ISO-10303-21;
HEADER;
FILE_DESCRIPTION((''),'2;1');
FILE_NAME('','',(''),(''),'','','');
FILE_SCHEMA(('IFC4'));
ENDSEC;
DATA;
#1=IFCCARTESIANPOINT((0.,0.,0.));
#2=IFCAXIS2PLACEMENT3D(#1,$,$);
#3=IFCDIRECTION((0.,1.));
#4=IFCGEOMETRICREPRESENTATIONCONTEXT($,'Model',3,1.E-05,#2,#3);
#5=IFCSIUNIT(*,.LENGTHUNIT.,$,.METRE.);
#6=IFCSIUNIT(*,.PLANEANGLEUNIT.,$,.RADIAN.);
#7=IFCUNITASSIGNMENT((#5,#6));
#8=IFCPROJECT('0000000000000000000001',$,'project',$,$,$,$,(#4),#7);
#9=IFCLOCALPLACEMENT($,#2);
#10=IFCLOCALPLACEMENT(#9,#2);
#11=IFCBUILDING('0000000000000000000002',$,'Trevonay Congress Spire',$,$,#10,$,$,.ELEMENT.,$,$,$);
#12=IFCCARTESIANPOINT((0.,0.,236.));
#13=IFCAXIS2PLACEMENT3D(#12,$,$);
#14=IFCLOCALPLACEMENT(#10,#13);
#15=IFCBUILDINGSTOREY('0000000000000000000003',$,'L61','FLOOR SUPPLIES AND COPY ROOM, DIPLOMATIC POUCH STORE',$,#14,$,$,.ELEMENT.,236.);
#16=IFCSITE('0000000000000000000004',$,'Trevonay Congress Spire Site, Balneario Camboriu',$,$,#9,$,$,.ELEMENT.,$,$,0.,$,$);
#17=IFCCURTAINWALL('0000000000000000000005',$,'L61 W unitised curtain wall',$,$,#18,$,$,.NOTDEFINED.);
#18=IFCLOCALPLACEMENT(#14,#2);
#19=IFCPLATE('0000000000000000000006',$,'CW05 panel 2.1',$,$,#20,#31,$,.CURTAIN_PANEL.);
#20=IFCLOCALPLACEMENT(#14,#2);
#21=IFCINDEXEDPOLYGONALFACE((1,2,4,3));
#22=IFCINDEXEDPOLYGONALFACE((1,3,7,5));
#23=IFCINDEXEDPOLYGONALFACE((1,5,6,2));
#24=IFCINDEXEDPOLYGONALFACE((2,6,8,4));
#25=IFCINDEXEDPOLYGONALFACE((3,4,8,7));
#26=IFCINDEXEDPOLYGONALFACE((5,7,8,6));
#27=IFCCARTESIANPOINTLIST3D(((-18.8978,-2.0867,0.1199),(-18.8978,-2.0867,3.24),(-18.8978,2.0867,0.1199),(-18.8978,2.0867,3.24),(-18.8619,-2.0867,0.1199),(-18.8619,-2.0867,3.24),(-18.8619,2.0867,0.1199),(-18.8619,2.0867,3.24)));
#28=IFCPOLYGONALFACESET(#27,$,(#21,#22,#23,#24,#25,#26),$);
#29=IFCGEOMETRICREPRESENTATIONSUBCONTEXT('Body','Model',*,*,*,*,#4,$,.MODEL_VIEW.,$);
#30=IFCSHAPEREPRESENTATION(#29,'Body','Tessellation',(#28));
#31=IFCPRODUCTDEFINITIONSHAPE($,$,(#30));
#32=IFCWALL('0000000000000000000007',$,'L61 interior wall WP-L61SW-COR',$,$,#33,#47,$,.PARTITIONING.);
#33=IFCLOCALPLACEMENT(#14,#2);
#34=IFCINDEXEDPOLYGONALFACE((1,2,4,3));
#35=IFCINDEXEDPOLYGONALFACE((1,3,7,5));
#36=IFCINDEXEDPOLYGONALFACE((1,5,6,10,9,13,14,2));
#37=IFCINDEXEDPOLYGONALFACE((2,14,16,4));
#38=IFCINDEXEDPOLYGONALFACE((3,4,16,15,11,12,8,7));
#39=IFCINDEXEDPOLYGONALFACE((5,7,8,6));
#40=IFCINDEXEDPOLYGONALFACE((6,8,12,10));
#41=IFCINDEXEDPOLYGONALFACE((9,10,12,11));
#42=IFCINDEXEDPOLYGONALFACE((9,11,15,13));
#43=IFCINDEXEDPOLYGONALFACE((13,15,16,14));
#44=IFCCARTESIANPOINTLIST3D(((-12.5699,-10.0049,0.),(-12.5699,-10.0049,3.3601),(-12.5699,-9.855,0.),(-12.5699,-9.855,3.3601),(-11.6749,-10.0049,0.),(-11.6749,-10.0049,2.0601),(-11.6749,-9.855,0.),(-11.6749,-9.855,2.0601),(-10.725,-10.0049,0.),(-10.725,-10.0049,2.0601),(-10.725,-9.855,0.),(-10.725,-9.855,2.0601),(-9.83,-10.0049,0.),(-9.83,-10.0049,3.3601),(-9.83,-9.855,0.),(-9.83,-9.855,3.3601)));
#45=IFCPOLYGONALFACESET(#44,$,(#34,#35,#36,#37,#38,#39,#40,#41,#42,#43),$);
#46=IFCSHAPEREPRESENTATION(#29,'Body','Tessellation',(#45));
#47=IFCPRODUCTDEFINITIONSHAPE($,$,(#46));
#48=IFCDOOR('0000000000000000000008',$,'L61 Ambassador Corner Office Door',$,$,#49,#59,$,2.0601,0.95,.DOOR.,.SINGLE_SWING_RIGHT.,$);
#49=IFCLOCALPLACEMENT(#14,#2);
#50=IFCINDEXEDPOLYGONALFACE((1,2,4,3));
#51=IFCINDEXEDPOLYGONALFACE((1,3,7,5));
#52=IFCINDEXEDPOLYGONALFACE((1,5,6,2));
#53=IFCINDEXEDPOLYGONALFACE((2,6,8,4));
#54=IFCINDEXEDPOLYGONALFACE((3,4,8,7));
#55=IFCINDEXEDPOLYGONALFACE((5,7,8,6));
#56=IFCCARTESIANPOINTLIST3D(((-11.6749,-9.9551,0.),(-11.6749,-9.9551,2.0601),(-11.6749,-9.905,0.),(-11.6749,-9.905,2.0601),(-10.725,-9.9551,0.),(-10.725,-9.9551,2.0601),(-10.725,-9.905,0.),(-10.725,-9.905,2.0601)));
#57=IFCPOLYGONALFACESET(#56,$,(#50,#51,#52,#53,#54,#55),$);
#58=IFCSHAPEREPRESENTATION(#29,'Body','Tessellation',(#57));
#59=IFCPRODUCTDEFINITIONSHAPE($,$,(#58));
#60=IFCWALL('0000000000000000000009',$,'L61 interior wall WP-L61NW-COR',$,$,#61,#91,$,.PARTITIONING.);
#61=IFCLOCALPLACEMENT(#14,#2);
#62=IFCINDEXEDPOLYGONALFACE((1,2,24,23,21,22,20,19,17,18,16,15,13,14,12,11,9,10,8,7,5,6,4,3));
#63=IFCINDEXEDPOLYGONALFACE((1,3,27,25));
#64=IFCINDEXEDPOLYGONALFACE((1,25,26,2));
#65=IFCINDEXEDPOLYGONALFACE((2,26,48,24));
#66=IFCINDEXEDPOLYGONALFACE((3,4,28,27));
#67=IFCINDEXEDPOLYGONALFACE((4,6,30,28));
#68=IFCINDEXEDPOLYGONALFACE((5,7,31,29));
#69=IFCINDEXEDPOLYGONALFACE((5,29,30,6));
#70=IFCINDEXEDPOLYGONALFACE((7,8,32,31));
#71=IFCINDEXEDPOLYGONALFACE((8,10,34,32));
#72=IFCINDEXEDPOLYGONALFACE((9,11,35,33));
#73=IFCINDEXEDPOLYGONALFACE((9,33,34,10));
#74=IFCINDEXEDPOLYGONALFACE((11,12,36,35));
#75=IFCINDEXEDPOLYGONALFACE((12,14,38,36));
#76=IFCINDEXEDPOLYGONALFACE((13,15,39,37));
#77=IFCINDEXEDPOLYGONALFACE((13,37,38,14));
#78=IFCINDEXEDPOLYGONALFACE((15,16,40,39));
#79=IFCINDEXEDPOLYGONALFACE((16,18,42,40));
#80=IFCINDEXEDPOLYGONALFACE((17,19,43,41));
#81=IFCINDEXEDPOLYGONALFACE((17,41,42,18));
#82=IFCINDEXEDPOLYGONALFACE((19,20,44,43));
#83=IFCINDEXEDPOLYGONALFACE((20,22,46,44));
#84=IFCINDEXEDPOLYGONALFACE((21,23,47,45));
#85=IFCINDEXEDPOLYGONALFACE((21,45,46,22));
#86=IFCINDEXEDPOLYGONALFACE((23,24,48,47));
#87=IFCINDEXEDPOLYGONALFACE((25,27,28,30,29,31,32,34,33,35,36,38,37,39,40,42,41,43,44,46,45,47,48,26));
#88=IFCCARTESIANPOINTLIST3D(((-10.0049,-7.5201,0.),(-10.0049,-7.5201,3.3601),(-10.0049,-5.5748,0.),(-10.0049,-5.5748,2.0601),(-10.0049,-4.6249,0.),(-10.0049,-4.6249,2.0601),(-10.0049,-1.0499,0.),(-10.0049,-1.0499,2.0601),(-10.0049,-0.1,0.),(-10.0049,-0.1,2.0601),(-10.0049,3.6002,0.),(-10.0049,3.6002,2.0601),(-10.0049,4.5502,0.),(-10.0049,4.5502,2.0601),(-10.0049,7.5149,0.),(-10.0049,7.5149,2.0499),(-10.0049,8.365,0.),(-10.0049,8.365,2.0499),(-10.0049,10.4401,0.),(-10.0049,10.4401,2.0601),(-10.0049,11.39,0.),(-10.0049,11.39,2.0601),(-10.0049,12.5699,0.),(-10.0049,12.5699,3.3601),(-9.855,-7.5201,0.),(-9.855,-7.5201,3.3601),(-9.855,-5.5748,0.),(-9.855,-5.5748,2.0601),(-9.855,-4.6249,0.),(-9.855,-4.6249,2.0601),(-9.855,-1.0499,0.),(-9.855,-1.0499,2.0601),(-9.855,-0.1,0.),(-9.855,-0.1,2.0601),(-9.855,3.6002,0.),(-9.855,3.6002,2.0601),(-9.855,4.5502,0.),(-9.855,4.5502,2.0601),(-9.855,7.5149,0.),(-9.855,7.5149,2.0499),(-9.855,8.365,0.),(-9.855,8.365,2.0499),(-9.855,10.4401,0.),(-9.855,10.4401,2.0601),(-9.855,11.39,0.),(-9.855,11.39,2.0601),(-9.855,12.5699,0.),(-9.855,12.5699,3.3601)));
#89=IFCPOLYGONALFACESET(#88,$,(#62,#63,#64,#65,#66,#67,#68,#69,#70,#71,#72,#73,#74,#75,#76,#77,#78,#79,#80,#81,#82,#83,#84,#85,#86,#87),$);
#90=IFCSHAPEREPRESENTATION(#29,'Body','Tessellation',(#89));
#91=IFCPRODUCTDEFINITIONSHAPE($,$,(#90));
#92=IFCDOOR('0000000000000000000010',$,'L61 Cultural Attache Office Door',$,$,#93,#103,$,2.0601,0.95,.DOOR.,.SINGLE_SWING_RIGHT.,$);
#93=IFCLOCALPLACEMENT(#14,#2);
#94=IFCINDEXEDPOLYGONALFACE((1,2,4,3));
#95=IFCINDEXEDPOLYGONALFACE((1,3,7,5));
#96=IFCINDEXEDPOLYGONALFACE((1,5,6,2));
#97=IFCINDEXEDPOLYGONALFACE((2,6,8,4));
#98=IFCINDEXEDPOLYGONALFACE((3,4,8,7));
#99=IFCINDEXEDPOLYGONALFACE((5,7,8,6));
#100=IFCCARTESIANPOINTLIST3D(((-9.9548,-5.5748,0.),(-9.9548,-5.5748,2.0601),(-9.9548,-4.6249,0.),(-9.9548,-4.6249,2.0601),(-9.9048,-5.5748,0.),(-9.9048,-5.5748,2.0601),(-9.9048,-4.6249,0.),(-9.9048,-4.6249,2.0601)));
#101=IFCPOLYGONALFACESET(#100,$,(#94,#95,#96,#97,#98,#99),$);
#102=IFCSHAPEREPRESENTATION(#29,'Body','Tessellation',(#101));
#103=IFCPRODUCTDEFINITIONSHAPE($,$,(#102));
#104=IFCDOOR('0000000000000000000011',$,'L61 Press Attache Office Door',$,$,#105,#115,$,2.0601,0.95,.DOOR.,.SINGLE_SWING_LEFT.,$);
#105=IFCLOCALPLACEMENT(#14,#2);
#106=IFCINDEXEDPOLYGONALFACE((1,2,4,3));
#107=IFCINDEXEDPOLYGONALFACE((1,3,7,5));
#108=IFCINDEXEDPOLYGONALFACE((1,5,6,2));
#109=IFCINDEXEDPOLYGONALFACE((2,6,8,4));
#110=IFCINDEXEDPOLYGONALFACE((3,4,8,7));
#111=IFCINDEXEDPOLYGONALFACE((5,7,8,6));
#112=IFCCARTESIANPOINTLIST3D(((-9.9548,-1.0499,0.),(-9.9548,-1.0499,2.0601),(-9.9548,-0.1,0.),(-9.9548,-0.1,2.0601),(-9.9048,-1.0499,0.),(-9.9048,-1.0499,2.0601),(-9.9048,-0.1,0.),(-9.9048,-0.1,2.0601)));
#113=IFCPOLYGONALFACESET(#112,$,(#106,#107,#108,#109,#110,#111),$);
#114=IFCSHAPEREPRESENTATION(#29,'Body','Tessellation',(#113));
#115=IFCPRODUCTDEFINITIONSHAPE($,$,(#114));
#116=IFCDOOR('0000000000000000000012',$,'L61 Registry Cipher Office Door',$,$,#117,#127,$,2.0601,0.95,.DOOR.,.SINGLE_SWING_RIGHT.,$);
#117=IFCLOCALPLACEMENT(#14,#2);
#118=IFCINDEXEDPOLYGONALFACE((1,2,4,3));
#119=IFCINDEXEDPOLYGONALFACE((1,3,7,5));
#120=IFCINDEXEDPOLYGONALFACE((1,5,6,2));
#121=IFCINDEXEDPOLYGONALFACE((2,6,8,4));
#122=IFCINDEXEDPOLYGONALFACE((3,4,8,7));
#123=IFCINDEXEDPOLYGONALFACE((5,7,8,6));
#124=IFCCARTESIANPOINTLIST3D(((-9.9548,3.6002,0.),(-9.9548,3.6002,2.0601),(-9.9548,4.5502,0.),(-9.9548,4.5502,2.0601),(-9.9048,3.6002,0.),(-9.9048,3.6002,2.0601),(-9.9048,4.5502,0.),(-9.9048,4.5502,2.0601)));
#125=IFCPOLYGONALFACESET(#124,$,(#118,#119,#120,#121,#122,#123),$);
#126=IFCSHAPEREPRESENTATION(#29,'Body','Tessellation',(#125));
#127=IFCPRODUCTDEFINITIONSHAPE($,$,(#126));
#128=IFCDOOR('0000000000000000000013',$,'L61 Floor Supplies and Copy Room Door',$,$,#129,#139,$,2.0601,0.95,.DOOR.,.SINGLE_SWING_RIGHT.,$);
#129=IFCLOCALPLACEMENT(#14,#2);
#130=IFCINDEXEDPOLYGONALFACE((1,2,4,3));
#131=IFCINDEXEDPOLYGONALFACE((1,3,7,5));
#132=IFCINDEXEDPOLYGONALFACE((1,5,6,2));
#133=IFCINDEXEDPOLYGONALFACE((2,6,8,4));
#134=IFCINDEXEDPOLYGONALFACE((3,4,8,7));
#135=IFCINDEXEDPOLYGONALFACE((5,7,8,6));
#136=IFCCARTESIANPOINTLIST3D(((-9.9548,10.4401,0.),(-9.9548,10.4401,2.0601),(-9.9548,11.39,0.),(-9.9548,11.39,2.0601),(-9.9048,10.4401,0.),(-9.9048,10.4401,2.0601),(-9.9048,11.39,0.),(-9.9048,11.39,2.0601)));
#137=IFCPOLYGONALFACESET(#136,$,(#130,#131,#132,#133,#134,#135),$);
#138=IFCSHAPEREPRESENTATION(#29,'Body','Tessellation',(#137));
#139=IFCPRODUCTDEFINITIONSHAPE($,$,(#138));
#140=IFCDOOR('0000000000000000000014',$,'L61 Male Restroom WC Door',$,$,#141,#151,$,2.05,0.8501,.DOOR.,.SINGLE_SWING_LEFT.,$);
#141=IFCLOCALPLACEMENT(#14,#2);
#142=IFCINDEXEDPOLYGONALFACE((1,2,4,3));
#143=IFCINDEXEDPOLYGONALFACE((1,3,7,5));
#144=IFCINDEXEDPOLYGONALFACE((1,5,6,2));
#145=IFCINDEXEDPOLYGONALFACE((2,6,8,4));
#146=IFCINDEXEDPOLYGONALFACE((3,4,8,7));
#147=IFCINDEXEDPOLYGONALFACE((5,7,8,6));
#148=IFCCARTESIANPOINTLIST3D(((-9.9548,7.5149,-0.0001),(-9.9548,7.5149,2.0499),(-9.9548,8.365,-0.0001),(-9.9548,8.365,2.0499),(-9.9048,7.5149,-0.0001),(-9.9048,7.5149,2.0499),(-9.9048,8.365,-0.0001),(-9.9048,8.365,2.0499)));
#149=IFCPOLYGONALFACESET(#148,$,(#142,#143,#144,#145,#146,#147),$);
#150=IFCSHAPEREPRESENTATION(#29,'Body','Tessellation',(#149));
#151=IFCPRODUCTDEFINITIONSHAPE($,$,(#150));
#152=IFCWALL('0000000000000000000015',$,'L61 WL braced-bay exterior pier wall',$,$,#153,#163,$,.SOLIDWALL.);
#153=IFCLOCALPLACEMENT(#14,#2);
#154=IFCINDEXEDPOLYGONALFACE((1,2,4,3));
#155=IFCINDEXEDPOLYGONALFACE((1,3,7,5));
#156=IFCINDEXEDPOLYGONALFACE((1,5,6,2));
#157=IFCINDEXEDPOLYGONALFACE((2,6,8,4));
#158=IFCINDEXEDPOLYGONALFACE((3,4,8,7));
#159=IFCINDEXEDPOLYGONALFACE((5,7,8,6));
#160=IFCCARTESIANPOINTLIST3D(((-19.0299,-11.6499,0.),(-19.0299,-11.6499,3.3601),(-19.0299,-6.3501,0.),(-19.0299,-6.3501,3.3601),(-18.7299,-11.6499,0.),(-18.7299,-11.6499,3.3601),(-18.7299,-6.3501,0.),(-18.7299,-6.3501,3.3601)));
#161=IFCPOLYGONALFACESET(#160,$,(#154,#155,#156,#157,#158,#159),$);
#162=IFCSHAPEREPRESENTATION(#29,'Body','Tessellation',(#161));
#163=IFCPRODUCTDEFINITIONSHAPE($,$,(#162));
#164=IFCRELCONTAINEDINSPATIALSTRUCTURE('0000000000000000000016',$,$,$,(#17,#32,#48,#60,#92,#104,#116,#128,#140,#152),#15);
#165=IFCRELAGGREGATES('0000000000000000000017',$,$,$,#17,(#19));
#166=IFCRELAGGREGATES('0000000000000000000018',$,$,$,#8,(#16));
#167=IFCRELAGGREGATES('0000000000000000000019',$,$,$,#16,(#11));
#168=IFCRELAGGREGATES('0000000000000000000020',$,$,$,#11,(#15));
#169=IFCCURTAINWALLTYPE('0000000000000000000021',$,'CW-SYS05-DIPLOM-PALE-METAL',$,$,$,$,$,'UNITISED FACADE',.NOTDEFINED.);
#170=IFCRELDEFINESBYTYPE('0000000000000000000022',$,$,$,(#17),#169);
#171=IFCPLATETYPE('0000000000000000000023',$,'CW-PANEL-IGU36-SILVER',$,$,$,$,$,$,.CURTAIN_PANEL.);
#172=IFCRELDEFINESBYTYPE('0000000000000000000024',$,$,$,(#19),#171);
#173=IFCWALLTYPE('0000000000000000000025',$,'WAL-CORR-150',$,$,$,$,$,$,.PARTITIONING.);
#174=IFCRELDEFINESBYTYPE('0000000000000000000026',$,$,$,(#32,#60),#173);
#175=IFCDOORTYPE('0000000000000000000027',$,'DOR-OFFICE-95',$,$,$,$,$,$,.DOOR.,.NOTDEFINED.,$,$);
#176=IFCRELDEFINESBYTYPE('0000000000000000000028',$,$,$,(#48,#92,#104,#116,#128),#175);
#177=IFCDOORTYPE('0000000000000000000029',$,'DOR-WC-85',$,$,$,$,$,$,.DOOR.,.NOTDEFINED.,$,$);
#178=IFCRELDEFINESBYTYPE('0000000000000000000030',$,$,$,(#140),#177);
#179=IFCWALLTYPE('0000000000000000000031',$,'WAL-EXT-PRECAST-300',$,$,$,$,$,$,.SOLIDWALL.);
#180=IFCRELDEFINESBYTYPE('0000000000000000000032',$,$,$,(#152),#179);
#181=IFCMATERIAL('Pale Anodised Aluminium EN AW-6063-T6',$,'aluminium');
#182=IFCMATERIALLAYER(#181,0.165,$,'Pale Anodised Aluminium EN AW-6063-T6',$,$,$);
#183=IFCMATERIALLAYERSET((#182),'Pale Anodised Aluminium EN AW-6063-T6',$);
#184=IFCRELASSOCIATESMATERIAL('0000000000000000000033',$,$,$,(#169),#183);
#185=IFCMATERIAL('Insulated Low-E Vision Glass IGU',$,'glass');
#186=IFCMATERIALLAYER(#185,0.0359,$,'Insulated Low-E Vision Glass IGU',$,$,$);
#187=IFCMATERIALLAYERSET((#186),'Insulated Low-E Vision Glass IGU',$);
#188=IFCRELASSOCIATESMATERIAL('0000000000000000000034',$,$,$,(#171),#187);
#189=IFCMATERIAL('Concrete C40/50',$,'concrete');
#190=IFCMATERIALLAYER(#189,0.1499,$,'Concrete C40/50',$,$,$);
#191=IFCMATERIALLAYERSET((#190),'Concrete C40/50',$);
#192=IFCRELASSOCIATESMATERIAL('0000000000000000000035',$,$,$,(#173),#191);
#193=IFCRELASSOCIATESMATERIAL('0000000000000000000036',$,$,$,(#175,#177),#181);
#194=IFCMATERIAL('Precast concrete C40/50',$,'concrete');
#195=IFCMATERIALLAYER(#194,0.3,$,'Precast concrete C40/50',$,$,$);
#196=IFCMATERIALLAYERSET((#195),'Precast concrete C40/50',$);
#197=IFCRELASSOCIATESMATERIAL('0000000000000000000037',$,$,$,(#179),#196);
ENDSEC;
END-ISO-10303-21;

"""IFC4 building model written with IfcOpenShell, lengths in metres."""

from ifc_helpers import new_model, si_unit, direction, frame, frame_2d, origin, origin_2d, place, context, subcontext, project, spatial, rectangle, extrude, material, layer, layer_set, type_object, element, fill, aggregate, save


model = new_model("IFC4")

# Units and contexts
model_context = context("Model", 3, precision=1e-05, world=origin(), true_north=direction((0.0, 1.0)))
body_context = subcontext(model_context, "Body", "Model", "MODEL_VIEW")
ifc_project = project(units=[si_unit("LENGTHUNIT", "METRE"), si_unit("PLANEANGLEUNIT", "RADIAN")], contexts=[model_context])

# Site, building, storey
site_placement = place(None, origin())
site = spatial("IfcSite", under=ifc_project, at=site_placement, Name="Trevonay Congress Spire Site, Balneario Camboriu", CompositionType="ELEMENT", RefElevation=0.0)
building_placement = place(site_placement, origin())
building = spatial("IfcBuilding", under=site, at=building_placement, Name="Trevonay Congress Spire", CompositionType="ELEMENT")
storey_placement = place(building_placement, frame((0.0, 0.0, 236.0)))
storey = spatial("IfcBuildingStorey", under=building, at=storey_placement, Name="L61", Description="FLOOR SUPPLIES AND COPY ROOM, DIPLOMATIC POUCH STORE", CompositionType="ELEMENT", Elevation=236.0)

# Curtain wall, plate
ifc_material_1 = material(Name="Pale Anodised Aluminium EN AW-6063-T6", Category="aluminium")
ifc_layer_1 = layer(ifc_material_1, 0.165, Name="Pale Anodised Aluminium EN AW-6063-T6")
ifc_layer_set_1 = layer_set([ifc_layer_1], Name="Pale Anodised Aluminium EN AW-6063-T6")
curtain_wall_type = type_object("IfcCurtainWallType", Name="CW-SYS05-DIPLOM-PALE-METAL", ElementType="UNITISED FACADE", PredefinedType="NOTDEFINED", material=ifc_layer_set_1)
curtain_wall_placement = place(storey_placement, origin())
curtain_wall = element("IfcCurtainWall", 1, at=curtain_wall_placement, inside=storey, type_object=curtain_wall_type, Name="L61 W unitised curtain wall", PredefinedType="NOTDEFINED")
ifc_material_2 = material(Name="Insulated Low-E Vision Glass IGU", Category="glass")
ifc_layer_2 = layer(ifc_material_2, 0.0359, Name="Insulated Low-E Vision Glass IGU")
ifc_layer_set_2 = layer_set([ifc_layer_2], Name="Insulated Low-E Vision Glass IGU")
plate_type = type_object("IfcPlateType", Name="CW-PANEL-IGU36-SILVER", PredefinedType="CURTAIN_PANEL", material=ifc_layer_set_2)
plate_1_placement = place(storey_placement, frame((-18.8799, 0.0, 0.1199), z_axis=(0.0, 0.0, 1.0), x_axis=(0.0, 1.0, 0.0)))
plate_1 = element("IfcPlate", 2, at=plate_1_placement, type_object=plate_type, Name="CW05 panel 2.1", PredefinedType="CURTAIN_PANEL", context=body_context, shape_type="SweptSolid", body=[
    extrude(rectangle(XDim=4.1733, YDim=0.0359, at=origin_2d()), origin(), (0.0, 0.0, 1.0), 3.1201),
])
aggregate(curtain_wall, [plate_1])

# Wall, opening, door
ifc_material_3 = material(Name="Concrete C40/50", Category="concrete")
ifc_layer_3 = layer(ifc_material_3, 0.1499, Name="Concrete C40/50")
ifc_layer_set_3 = layer_set([ifc_layer_3], Name="Concrete C40/50")
wall_type_1 = type_object("IfcWallType", Name="WAL-CORR-150", PredefinedType="PARTITIONING", material=ifc_layer_set_3)
wall_1_placement = place(storey_placement, frame((-12.5701, -9.9299, 0.0), z_axis=(0.0, 0.0, 1.0), x_axis=(1.0, 0.0, 0.0)))
wall_1 = element("IfcWall", 3, at=wall_1_placement, inside=storey, type_object=wall_type_1, Name="L61 interior wall WP-L61SW-COR", PredefinedType="PARTITIONING", context=body_context, shape_type="SweptSolid", body=[
    extrude(rectangle(XDim=2.74, YDim=0.1499, at=frame_2d((1.3701, 0.0))), origin(), (0.0, 0.0, 1.0), 3.3601),
])
opening_1_placement = place(wall_1_placement, frame((0.895, 0.0, 0.0)))
opening_1 = element("IfcOpeningElement", 4, at=opening_1_placement, cuts=wall_1, PredefinedType="OPENING", context=body_context, shape_type="SweptSolid", body=[
    extrude(rectangle(XDim=0.95, YDim=2.0601, at=frame_2d((0.4751, 1.03))), frame((0.0, 0.085, 0.0), z_axis=(0.0, -1.0, 0.0), x_axis=(1.0, 0.0, 0.0)), (0.0, 0.0, 1.0), 0.1699),
])
door_type_1 = type_object("IfcDoorType", Name="DOR-OFFICE-95", OperationType="NOTDEFINED", PredefinedType="DOOR", material=ifc_material_1)
door_1_placement = place(opening_1_placement, origin())
door_1 = element("IfcDoor", 5, at=door_1_placement, inside=storey, type_object=door_type_1, Name="L61 Ambassador Corner Office Door", OperationType="SINGLE_SWING_RIGHT", OverallHeight=2.0601, OverallWidth=0.95, PredefinedType="DOOR", context=body_context, shape_type="SweptSolid", body=[
    extrude(rectangle(XDim=0.95, YDim=2.0601, at=frame_2d((0.4751, 1.03))), frame((0.0, 0.0249, 0.0), z_axis=(0.0, -1.0, 0.0), x_axis=(1.0, 0.0, 0.0)), (0.0, 0.0, 1.0), 0.05),
])
fill(opening_1, door_1)

# Wall, openings, doors
wall_2_placement = place(storey_placement, frame((-9.9299, -7.52, 0.0), z_axis=(0.0, 0.0, 1.0), x_axis=(0.0, 1.0, 0.0)))
wall_2 = element("IfcWall", 6, at=wall_2_placement, inside=storey, type_object=wall_type_1, Name="L61 interior wall WP-L61NW-COR", PredefinedType="PARTITIONING", context=body_context, shape_type="SweptSolid", body=[
    extrude(rectangle(XDim=20.0901, YDim=0.1499, at=frame_2d((10.0449, 0.0))), origin(), (0.0, 0.0, 1.0), 3.3601),
])
opening_2_placement = place(wall_2_placement, frame((1.9451, 0.0, 0.0)))
opening_2 = element("IfcOpeningElement", 7, at=opening_2_placement, cuts=wall_2, PredefinedType="OPENING", context=body_context, shape_type="SweptSolid", body=[
    extrude(rectangle(XDim=0.95, YDim=2.0601, at=frame_2d((0.4751, 1.03))), frame((0.0, 0.085, 0.0), z_axis=(0.0, -1.0, 0.0), x_axis=(1.0, 0.0, 0.0)), (0.0, 0.0, 1.0), 0.1699),
])
opening_3_placement = place(wall_2_placement, frame((6.47, 0.0, 0.0)))
opening_3 = element("IfcOpeningElement", 8, at=opening_3_placement, cuts=wall_2, PredefinedType="OPENING", context=body_context, shape_type="SweptSolid", body=[
    extrude(rectangle(XDim=0.95, YDim=2.0601, at=frame_2d((0.4751, 1.03))), frame((0.0, 0.085, 0.0), z_axis=(0.0, -1.0, 0.0), x_axis=(1.0, 0.0, 0.0)), (0.0, 0.0, 1.0), 0.1699),
])
opening_4_placement = place(wall_2_placement, frame((11.1201, 0.0, 0.0)))
opening_4 = element("IfcOpeningElement", 9, at=opening_4_placement, cuts=wall_2, PredefinedType="OPENING", context=body_context, shape_type="SweptSolid", body=[
    extrude(rectangle(XDim=0.95, YDim=2.0601, at=frame_2d((0.4751, 1.03))), frame((0.0, 0.085, 0.0), z_axis=(0.0, -1.0, 0.0), x_axis=(1.0, 0.0, 0.0)), (0.0, 0.0, 1.0), 0.1699),
])
opening_5_placement = place(wall_2_placement, frame((15.0349, 0.0, 0.0)))
opening_5 = element("IfcOpeningElement", 10, at=opening_5_placement, cuts=wall_2, PredefinedType="OPENING", context=body_context, shape_type="SweptSolid", body=[
    extrude(rectangle(XDim=0.8501, YDim=2.05, at=frame_2d((0.425, 1.0249))), frame((0.0, 0.085, 0.0), z_axis=(0.0, -1.0, 0.0), x_axis=(1.0, 0.0, 0.0)), (0.0, 0.0, 1.0), 0.1699),
])
opening_6_placement = place(wall_2_placement, frame((17.96, 0.0, 0.0)))
opening_6 = element("IfcOpeningElement", 11, at=opening_6_placement, cuts=wall_2, PredefinedType="OPENING", context=body_context, shape_type="SweptSolid", body=[
    extrude(rectangle(XDim=0.95, YDim=2.0601, at=frame_2d((0.4751, 1.03))), frame((0.0, 0.085, 0.0), z_axis=(0.0, -1.0, 0.0), x_axis=(1.0, 0.0, 0.0)), (0.0, 0.0, 1.0), 0.1699),
])
door_2_placement = place(opening_2_placement, origin())
door_2 = element("IfcDoor", 12, at=door_2_placement, inside=storey, type_object=door_type_1, Name="L61 Cultural Attache Office Door", OperationType="SINGLE_SWING_RIGHT", OverallHeight=2.0601, OverallWidth=0.95, PredefinedType="DOOR", context=body_context, shape_type="SweptSolid", body=[
    extrude(rectangle(XDim=0.95, YDim=2.0601, at=frame_2d((0.4751, 1.03))), frame((0.0, 0.0249, 0.0), z_axis=(0.0, -1.0, 0.0), x_axis=(1.0, 0.0, 0.0)), (0.0, 0.0, 1.0), 0.05),
])
fill(opening_2, door_2)
door_3_placement = place(opening_3_placement, origin())
door_3 = element("IfcDoor", 13, at=door_3_placement, inside=storey, type_object=door_type_1, Name="L61 Press Attache Office Door", OperationType="SINGLE_SWING_LEFT", OverallHeight=2.0601, OverallWidth=0.95, PredefinedType="DOOR", context=body_context, shape_type="SweptSolid", body=[
    extrude(rectangle(XDim=0.95, YDim=2.0601, at=frame_2d((0.4751, 1.03))), frame((0.0, 0.0249, 0.0), z_axis=(0.0, -1.0, 0.0), x_axis=(1.0, 0.0, 0.0)), (0.0, 0.0, 1.0), 0.05),
])
fill(opening_3, door_3)
door_4_placement = place(opening_4_placement, origin())
door_4 = element("IfcDoor", 14, at=door_4_placement, inside=storey, type_object=door_type_1, Name="L61 Registry Cipher Office Door", OperationType="SINGLE_SWING_RIGHT", OverallHeight=2.0601, OverallWidth=0.95, PredefinedType="DOOR", context=body_context, shape_type="SweptSolid", body=[
    extrude(rectangle(XDim=0.95, YDim=2.0601, at=frame_2d((0.4751, 1.03))), frame((0.0, 0.0249, 0.0), z_axis=(0.0, -1.0, 0.0), x_axis=(1.0, 0.0, 0.0)), (0.0, 0.0, 1.0), 0.05),
])
fill(opening_4, door_4)
door_5_placement = place(opening_6_placement, origin())
door_5 = element("IfcDoor", 15, at=door_5_placement, inside=storey, type_object=door_type_1, Name="L61 Floor Supplies and Copy Room Door", OperationType="SINGLE_SWING_RIGHT", OverallHeight=2.0601, OverallWidth=0.95, PredefinedType="DOOR", context=body_context, shape_type="SweptSolid", body=[
    extrude(rectangle(XDim=0.95, YDim=2.0601, at=frame_2d((0.4751, 1.03))), frame((0.0, 0.0249, 0.0), z_axis=(0.0, -1.0, 0.0), x_axis=(1.0, 0.0, 0.0)), (0.0, 0.0, 1.0), 0.05),
])
fill(opening_6, door_5)
door_type_2 = type_object("IfcDoorType", Name="DOR-WC-85", OperationType="NOTDEFINED", PredefinedType="DOOR", material=ifc_material_1)
door_6_placement = place(opening_5_placement, origin())
door_6 = element("IfcDoor", 16, at=door_6_placement, inside=storey, type_object=door_type_2, Name="L61 Male Restroom WC Door", OperationType="SINGLE_SWING_LEFT", OverallHeight=2.05, OverallWidth=0.8501, PredefinedType="DOOR", context=body_context, shape_type="SweptSolid", body=[
    extrude(rectangle(XDim=0.8501, YDim=2.05, at=frame_2d((0.425, 1.0249))), frame((0.0, 0.0249, 0.0), z_axis=(0.0, -1.0, 0.0), x_axis=(1.0, 0.0, 0.0)), (0.0, 0.0, 1.0), 0.05),
])
fill(opening_5, door_6)

# Wall
ifc_material_4 = material(Name="Precast concrete C40/50", Category="concrete")
ifc_layer_4 = layer(ifc_material_4, 0.3, Name="Precast concrete C40/50")
ifc_layer_set_4 = layer_set([ifc_layer_4], Name="Precast concrete C40/50")
wall_type_2 = type_object("IfcWallType", Name="WAL-EXT-PRECAST-300", PredefinedType="SOLIDWALL", material=ifc_layer_set_4)
wall_3_placement = place(storey_placement, frame((-18.8799, -11.6499, 0.0), z_axis=(0.0, 0.0, 1.0), x_axis=(0.0, 1.0, 0.0)))
element("IfcWall", 17, at=wall_3_placement, inside=storey, type_object=wall_type_2, Name="L61 WL braced-bay exterior pier wall", PredefinedType="SOLIDWALL", context=body_context, shape_type="SweptSolid", body=[
    extrude(rectangle(XDim=5.2998, YDim=0.3, at=frame_2d((2.6499, 0.0))), origin(), (0.0, 0.0, 1.0), 3.3601),
])

save(model, "model.ifc")
